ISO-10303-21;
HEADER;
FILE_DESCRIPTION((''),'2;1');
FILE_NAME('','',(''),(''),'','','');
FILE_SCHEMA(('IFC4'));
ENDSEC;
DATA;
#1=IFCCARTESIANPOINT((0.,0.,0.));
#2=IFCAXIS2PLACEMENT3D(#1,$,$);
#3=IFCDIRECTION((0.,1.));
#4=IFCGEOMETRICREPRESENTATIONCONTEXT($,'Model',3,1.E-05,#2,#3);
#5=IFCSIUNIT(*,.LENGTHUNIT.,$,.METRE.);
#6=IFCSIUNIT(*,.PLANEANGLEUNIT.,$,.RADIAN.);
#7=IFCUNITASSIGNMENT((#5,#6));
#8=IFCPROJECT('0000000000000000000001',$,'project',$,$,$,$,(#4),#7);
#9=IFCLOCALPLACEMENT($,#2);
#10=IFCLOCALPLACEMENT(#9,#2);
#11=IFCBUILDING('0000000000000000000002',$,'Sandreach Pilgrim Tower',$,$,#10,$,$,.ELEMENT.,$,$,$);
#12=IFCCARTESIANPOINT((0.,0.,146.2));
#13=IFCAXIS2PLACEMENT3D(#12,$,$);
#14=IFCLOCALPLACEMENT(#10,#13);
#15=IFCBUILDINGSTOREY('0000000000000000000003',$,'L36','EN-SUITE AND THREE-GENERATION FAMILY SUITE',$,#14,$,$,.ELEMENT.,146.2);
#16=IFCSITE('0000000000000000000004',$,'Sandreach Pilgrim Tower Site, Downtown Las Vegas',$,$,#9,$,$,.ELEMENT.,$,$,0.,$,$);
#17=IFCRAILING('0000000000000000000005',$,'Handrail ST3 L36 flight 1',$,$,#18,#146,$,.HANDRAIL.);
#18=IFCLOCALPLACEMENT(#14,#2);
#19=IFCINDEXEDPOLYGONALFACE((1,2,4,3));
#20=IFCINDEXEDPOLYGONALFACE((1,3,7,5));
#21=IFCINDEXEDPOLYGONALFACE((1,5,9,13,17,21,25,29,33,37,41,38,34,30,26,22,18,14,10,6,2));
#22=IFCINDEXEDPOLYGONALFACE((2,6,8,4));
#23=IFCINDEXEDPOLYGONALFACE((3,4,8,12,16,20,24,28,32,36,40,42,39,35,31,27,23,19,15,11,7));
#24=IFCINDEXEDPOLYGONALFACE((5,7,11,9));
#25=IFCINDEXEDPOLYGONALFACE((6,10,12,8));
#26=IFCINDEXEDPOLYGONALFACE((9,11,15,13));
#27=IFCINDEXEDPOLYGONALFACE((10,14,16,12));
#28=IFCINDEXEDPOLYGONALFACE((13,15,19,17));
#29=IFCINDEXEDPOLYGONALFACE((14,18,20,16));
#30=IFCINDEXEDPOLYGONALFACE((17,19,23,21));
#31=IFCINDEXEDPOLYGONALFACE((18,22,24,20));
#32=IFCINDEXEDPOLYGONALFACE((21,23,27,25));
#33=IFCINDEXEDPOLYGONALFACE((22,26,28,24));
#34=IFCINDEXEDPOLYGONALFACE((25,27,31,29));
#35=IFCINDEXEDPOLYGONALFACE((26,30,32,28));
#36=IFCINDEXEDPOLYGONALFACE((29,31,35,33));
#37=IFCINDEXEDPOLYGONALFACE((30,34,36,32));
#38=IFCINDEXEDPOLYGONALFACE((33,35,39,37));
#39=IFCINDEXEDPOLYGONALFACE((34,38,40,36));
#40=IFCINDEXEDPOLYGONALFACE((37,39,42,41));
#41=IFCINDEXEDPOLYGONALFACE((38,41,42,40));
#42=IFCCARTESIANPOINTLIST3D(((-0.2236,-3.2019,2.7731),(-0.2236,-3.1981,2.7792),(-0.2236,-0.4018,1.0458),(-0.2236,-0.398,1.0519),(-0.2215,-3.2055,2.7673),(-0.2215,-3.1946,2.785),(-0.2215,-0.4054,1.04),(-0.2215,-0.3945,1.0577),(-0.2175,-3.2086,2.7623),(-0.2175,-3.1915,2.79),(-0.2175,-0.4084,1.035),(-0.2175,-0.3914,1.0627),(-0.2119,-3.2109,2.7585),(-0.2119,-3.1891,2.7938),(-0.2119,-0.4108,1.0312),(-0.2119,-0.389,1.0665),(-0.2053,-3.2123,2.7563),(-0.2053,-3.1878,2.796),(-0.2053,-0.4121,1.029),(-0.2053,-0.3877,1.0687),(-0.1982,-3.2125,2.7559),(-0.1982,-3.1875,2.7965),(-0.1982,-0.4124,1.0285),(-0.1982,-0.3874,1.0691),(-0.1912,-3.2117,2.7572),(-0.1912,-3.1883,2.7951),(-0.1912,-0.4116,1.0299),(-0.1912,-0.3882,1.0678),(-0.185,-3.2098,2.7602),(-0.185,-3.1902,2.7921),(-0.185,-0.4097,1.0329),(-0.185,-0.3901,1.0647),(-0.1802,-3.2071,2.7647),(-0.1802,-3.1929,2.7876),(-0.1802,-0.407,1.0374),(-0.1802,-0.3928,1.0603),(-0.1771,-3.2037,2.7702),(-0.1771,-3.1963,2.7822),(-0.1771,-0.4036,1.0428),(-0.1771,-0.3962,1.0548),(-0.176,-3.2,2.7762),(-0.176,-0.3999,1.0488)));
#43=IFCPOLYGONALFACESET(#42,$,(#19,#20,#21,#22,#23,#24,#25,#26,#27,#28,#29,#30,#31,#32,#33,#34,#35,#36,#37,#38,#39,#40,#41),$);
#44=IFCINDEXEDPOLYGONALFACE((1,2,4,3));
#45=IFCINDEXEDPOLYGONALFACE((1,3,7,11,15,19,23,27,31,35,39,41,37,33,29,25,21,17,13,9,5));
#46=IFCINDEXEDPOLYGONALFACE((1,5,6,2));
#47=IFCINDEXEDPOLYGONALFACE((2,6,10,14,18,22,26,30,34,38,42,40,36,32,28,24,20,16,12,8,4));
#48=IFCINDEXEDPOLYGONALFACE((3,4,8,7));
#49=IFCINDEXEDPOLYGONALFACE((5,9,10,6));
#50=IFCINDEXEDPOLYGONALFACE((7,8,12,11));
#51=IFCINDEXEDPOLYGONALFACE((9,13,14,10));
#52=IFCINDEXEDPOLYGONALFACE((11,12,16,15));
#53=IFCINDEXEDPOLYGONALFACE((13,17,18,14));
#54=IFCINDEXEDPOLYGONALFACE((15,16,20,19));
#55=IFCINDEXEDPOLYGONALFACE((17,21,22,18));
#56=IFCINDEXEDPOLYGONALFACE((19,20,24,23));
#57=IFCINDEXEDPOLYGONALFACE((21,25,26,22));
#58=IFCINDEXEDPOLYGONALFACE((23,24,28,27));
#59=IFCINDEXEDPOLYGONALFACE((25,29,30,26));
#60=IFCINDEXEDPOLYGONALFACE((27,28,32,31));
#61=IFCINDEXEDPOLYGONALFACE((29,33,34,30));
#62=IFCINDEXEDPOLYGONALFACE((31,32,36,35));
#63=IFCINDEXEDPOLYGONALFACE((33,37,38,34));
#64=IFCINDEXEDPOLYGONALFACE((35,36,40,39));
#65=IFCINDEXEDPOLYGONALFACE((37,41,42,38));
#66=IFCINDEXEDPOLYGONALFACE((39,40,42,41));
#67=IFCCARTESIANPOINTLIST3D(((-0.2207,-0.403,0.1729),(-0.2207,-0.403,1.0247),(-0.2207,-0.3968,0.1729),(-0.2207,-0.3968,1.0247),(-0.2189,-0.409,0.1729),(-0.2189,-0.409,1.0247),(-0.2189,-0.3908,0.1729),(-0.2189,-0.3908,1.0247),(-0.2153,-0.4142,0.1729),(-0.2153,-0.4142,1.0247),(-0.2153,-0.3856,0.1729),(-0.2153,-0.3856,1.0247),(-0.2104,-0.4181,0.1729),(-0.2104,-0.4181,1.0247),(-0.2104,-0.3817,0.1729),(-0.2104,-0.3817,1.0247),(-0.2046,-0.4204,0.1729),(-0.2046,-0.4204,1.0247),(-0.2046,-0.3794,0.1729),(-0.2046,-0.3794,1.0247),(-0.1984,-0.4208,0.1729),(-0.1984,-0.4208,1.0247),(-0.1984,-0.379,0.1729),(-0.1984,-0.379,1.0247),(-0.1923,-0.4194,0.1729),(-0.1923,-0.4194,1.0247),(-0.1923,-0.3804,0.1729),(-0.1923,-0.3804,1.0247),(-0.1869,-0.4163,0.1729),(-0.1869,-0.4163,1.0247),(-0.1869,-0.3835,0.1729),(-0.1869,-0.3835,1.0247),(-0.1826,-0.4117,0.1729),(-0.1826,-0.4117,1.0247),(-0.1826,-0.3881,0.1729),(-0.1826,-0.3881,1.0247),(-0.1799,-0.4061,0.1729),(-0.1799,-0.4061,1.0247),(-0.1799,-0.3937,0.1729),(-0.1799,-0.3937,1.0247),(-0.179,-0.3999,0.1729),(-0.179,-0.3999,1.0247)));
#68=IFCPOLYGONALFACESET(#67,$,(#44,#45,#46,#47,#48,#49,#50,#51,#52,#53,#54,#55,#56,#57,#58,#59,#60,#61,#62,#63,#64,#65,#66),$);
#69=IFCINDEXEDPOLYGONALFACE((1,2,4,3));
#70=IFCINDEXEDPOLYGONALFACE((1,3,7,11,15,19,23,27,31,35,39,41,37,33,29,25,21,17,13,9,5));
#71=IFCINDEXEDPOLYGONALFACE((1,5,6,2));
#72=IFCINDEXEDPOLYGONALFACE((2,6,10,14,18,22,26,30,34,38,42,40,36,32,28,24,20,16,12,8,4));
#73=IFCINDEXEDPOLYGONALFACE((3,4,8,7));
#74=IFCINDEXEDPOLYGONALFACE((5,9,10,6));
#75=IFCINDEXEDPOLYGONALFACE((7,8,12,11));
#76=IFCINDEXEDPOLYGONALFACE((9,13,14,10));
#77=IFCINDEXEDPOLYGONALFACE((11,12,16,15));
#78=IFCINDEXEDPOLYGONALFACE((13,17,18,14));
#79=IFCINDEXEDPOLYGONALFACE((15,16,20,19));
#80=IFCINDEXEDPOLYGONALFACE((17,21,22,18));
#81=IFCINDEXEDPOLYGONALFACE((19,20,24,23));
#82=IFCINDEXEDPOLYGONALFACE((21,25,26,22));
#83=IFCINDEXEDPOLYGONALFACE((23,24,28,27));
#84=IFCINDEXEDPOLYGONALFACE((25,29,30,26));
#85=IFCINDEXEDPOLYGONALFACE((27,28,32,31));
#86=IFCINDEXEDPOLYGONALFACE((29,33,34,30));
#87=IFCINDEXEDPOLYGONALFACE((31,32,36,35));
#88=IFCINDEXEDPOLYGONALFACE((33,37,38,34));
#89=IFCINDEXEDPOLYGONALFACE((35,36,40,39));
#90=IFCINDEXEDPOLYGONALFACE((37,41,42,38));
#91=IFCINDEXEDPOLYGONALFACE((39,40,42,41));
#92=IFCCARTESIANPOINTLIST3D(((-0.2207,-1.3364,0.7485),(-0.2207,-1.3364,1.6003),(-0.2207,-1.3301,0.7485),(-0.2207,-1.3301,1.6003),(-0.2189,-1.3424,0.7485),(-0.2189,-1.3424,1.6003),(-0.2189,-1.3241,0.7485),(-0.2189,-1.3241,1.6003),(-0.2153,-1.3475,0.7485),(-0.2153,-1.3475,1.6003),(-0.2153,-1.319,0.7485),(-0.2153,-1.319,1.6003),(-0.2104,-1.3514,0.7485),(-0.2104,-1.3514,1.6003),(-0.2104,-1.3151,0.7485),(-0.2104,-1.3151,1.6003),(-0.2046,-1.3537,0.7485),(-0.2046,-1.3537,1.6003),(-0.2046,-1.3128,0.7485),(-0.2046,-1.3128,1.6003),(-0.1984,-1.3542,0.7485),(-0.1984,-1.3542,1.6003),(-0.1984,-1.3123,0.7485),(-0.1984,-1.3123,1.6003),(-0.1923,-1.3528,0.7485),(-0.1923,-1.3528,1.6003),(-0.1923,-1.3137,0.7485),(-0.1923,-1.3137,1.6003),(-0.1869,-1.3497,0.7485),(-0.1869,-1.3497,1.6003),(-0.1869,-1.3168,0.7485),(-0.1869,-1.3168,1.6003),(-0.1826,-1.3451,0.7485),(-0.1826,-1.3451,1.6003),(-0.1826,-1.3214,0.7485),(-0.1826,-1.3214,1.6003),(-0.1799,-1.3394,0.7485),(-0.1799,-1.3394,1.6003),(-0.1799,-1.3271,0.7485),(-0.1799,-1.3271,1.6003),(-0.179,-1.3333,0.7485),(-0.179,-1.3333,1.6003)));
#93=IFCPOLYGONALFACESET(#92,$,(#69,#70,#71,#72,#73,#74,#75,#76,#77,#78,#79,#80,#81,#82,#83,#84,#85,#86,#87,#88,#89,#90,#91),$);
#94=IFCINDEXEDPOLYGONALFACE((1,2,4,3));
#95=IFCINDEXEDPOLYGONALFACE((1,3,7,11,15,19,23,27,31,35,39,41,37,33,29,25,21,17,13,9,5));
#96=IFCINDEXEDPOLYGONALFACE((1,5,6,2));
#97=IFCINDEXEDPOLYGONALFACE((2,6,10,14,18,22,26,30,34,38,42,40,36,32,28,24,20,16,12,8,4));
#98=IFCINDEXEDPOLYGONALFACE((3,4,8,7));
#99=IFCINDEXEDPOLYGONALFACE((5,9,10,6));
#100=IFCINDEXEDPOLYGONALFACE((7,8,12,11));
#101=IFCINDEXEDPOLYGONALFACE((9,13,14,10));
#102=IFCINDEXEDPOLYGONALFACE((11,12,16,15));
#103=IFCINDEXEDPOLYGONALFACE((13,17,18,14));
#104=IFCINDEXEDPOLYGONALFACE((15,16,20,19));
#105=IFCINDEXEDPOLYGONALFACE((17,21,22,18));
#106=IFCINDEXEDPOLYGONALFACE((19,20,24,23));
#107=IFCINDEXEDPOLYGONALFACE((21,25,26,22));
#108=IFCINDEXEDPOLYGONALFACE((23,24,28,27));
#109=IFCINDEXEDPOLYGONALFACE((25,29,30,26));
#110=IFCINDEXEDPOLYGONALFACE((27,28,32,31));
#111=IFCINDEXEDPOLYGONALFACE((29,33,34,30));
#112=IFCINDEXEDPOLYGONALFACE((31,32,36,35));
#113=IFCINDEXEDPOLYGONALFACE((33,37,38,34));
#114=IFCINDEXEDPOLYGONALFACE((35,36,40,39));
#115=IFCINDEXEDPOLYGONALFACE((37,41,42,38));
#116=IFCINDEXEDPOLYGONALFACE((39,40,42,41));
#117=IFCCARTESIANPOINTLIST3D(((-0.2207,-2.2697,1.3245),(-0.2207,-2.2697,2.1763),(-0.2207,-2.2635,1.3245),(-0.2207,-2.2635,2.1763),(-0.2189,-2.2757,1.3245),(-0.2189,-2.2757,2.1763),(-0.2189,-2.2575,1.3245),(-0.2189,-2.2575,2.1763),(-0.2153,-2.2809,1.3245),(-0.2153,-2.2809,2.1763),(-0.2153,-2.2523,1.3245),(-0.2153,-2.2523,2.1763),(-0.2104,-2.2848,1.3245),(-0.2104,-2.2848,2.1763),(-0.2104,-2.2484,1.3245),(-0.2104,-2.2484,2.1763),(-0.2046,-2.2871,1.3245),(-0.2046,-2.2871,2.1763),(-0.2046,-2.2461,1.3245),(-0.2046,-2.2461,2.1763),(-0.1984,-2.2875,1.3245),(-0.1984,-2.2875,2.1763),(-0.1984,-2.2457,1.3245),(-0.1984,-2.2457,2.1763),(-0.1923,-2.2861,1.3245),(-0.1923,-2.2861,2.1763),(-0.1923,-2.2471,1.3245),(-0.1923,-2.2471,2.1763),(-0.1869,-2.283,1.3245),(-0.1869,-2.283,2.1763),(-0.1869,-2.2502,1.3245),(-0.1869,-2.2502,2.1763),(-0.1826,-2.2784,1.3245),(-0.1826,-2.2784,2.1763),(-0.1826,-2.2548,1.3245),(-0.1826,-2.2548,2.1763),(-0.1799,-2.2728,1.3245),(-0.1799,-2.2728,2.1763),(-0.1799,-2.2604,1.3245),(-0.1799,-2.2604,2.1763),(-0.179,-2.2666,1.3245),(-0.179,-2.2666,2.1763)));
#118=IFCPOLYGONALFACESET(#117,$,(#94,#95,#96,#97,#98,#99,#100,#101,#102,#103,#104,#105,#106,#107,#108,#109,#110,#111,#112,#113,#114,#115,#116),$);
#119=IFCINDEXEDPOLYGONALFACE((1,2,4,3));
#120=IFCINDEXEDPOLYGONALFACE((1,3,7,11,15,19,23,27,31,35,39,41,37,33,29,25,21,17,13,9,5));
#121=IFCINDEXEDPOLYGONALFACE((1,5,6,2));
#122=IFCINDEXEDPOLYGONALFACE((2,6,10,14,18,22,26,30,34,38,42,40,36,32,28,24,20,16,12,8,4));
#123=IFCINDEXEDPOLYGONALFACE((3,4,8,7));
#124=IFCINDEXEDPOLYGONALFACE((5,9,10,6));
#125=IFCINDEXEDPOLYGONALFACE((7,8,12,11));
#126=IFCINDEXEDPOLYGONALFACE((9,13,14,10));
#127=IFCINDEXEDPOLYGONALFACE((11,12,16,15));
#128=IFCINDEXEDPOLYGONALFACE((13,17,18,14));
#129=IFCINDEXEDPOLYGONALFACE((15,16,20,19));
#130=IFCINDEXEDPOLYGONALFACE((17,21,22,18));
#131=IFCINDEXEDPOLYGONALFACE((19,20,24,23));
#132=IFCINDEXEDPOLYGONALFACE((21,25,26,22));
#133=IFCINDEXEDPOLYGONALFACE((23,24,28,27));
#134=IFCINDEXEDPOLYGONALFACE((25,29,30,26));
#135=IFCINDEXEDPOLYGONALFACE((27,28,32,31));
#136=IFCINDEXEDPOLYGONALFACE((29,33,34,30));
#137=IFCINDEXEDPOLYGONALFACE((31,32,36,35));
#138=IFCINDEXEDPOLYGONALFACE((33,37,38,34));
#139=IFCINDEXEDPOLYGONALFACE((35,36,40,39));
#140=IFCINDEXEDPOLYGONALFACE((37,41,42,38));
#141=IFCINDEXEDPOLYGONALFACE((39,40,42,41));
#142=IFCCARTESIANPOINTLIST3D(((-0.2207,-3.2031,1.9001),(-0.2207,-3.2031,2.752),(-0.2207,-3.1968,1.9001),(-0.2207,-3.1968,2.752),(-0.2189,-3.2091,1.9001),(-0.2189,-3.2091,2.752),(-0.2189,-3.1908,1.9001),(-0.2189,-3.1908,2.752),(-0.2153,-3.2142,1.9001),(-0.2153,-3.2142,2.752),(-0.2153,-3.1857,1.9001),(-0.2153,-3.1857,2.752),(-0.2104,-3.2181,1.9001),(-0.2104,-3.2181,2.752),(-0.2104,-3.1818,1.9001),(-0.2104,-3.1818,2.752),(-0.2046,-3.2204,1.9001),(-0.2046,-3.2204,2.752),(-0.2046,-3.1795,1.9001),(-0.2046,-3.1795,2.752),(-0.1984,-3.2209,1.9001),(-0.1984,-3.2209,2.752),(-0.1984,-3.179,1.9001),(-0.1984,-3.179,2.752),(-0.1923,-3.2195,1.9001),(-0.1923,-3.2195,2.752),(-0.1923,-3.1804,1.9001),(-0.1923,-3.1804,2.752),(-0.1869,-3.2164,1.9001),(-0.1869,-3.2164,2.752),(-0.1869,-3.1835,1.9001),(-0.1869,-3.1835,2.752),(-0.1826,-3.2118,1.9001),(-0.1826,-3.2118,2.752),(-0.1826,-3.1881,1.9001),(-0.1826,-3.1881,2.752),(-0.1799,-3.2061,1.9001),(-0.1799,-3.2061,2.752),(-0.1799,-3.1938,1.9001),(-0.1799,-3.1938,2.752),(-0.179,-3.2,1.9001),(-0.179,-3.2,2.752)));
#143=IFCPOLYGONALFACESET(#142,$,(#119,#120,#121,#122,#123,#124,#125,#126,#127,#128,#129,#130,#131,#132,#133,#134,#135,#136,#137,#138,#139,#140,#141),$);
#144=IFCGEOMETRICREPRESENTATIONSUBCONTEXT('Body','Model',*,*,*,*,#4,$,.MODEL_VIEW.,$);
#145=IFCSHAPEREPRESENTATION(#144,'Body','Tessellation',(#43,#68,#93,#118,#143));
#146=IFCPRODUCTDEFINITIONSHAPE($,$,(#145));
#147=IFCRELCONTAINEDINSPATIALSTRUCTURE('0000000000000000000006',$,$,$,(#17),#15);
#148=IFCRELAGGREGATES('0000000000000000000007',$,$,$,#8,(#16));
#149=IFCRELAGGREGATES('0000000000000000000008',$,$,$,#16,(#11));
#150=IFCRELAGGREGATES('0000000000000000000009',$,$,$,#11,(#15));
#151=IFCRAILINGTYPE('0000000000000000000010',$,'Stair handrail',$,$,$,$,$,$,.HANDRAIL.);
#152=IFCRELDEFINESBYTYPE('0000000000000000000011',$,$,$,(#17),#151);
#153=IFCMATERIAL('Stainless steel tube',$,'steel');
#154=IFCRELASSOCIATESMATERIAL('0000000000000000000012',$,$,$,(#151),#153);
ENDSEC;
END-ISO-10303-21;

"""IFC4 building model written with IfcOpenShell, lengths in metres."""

from ifc_helpers import new_model, si_unit, direction, frame, origin, origin_2d, place, context, subcontext, project, spatial, circle, extrude, material, type_object, element, save


model = new_model("IFC4")

# Units and contexts
model_context = context("Model", 3, precision=1e-05, world=origin(), true_north=direction((0.0, 1.0)))
body_context = subcontext(model_context, "Body", "Model", "MODEL_VIEW")
ifc_project = project(units=[si_unit("LENGTHUNIT", "METRE"), si_unit("PLANEANGLEUNIT", "RADIAN")], contexts=[model_context])

# Site, building, storey
site_placement = place(None, origin())
site = spatial("IfcSite", under=ifc_project, at=site_placement, Name="Sandreach Pilgrim Tower Site, Downtown Las Vegas", CompositionType="ELEMENT", RefElevation=0.0)
building_placement = place(site_placement, origin())
building = spatial("IfcBuilding", under=site, at=building_placement, Name="Sandreach Pilgrim Tower", CompositionType="ELEMENT")
storey_placement = place(building_placement, frame((0.0, 0.0, 146.2)))
storey = spatial("IfcBuildingStorey", under=building, at=storey_placement, Name="L36", Description="EN-SUITE AND THREE-GENERATION FAMILY SUITE", CompositionType="ELEMENT", Elevation=146.2)

# Railing
ifc_material_1 = material(Name="Stainless steel tube", Category="steel")
railing_type = type_object("IfcRailingType", Name="Stair handrail", PredefinedType="HANDRAIL", material=ifc_material_1)
for number, where, name in (
    (1, (-0.2, -0.3999, 0.1729), "Handrail ST3 L36 flight 1"),
):
    element("IfcRailing", number, at=place(storey_placement, frame(where)), inside=storey, type_object=railing_type, Name=name, PredefinedType="HANDRAIL", context=body_context, shape_type="SweptSolid", body=[
        extrude(circle(Radius=0.0239, at=origin_2d()), frame((0.0, 0.0, 0.876), z_axis=(0.0, -0.85109, 0.52502), x_axis=(1.0, 0.0, 0.0)), (0.0, 0.0, 1.0), 3.29),
        extrude(circle(Radius=0.021, at=origin_2d()), origin(), (0.0, 0.0, 1.0), 0.8518),
        extrude(circle(Radius=0.021, at=origin_2d()), frame((0.0, -0.9333, 0.5757)), (0.0, 0.0, 1.0), 0.8518),
        extrude(circle(Radius=0.021, at=origin_2d()), frame((0.0, -1.8667, 1.1516)), (0.0, 0.0, 1.0), 0.8518),
        extrude(circle(Radius=0.021, at=origin_2d()), frame((0.0, -2.8, 1.7273)), (0.0, 0.0, 1.0), 0.8518),
    ])

save(model, "model.ifc")
